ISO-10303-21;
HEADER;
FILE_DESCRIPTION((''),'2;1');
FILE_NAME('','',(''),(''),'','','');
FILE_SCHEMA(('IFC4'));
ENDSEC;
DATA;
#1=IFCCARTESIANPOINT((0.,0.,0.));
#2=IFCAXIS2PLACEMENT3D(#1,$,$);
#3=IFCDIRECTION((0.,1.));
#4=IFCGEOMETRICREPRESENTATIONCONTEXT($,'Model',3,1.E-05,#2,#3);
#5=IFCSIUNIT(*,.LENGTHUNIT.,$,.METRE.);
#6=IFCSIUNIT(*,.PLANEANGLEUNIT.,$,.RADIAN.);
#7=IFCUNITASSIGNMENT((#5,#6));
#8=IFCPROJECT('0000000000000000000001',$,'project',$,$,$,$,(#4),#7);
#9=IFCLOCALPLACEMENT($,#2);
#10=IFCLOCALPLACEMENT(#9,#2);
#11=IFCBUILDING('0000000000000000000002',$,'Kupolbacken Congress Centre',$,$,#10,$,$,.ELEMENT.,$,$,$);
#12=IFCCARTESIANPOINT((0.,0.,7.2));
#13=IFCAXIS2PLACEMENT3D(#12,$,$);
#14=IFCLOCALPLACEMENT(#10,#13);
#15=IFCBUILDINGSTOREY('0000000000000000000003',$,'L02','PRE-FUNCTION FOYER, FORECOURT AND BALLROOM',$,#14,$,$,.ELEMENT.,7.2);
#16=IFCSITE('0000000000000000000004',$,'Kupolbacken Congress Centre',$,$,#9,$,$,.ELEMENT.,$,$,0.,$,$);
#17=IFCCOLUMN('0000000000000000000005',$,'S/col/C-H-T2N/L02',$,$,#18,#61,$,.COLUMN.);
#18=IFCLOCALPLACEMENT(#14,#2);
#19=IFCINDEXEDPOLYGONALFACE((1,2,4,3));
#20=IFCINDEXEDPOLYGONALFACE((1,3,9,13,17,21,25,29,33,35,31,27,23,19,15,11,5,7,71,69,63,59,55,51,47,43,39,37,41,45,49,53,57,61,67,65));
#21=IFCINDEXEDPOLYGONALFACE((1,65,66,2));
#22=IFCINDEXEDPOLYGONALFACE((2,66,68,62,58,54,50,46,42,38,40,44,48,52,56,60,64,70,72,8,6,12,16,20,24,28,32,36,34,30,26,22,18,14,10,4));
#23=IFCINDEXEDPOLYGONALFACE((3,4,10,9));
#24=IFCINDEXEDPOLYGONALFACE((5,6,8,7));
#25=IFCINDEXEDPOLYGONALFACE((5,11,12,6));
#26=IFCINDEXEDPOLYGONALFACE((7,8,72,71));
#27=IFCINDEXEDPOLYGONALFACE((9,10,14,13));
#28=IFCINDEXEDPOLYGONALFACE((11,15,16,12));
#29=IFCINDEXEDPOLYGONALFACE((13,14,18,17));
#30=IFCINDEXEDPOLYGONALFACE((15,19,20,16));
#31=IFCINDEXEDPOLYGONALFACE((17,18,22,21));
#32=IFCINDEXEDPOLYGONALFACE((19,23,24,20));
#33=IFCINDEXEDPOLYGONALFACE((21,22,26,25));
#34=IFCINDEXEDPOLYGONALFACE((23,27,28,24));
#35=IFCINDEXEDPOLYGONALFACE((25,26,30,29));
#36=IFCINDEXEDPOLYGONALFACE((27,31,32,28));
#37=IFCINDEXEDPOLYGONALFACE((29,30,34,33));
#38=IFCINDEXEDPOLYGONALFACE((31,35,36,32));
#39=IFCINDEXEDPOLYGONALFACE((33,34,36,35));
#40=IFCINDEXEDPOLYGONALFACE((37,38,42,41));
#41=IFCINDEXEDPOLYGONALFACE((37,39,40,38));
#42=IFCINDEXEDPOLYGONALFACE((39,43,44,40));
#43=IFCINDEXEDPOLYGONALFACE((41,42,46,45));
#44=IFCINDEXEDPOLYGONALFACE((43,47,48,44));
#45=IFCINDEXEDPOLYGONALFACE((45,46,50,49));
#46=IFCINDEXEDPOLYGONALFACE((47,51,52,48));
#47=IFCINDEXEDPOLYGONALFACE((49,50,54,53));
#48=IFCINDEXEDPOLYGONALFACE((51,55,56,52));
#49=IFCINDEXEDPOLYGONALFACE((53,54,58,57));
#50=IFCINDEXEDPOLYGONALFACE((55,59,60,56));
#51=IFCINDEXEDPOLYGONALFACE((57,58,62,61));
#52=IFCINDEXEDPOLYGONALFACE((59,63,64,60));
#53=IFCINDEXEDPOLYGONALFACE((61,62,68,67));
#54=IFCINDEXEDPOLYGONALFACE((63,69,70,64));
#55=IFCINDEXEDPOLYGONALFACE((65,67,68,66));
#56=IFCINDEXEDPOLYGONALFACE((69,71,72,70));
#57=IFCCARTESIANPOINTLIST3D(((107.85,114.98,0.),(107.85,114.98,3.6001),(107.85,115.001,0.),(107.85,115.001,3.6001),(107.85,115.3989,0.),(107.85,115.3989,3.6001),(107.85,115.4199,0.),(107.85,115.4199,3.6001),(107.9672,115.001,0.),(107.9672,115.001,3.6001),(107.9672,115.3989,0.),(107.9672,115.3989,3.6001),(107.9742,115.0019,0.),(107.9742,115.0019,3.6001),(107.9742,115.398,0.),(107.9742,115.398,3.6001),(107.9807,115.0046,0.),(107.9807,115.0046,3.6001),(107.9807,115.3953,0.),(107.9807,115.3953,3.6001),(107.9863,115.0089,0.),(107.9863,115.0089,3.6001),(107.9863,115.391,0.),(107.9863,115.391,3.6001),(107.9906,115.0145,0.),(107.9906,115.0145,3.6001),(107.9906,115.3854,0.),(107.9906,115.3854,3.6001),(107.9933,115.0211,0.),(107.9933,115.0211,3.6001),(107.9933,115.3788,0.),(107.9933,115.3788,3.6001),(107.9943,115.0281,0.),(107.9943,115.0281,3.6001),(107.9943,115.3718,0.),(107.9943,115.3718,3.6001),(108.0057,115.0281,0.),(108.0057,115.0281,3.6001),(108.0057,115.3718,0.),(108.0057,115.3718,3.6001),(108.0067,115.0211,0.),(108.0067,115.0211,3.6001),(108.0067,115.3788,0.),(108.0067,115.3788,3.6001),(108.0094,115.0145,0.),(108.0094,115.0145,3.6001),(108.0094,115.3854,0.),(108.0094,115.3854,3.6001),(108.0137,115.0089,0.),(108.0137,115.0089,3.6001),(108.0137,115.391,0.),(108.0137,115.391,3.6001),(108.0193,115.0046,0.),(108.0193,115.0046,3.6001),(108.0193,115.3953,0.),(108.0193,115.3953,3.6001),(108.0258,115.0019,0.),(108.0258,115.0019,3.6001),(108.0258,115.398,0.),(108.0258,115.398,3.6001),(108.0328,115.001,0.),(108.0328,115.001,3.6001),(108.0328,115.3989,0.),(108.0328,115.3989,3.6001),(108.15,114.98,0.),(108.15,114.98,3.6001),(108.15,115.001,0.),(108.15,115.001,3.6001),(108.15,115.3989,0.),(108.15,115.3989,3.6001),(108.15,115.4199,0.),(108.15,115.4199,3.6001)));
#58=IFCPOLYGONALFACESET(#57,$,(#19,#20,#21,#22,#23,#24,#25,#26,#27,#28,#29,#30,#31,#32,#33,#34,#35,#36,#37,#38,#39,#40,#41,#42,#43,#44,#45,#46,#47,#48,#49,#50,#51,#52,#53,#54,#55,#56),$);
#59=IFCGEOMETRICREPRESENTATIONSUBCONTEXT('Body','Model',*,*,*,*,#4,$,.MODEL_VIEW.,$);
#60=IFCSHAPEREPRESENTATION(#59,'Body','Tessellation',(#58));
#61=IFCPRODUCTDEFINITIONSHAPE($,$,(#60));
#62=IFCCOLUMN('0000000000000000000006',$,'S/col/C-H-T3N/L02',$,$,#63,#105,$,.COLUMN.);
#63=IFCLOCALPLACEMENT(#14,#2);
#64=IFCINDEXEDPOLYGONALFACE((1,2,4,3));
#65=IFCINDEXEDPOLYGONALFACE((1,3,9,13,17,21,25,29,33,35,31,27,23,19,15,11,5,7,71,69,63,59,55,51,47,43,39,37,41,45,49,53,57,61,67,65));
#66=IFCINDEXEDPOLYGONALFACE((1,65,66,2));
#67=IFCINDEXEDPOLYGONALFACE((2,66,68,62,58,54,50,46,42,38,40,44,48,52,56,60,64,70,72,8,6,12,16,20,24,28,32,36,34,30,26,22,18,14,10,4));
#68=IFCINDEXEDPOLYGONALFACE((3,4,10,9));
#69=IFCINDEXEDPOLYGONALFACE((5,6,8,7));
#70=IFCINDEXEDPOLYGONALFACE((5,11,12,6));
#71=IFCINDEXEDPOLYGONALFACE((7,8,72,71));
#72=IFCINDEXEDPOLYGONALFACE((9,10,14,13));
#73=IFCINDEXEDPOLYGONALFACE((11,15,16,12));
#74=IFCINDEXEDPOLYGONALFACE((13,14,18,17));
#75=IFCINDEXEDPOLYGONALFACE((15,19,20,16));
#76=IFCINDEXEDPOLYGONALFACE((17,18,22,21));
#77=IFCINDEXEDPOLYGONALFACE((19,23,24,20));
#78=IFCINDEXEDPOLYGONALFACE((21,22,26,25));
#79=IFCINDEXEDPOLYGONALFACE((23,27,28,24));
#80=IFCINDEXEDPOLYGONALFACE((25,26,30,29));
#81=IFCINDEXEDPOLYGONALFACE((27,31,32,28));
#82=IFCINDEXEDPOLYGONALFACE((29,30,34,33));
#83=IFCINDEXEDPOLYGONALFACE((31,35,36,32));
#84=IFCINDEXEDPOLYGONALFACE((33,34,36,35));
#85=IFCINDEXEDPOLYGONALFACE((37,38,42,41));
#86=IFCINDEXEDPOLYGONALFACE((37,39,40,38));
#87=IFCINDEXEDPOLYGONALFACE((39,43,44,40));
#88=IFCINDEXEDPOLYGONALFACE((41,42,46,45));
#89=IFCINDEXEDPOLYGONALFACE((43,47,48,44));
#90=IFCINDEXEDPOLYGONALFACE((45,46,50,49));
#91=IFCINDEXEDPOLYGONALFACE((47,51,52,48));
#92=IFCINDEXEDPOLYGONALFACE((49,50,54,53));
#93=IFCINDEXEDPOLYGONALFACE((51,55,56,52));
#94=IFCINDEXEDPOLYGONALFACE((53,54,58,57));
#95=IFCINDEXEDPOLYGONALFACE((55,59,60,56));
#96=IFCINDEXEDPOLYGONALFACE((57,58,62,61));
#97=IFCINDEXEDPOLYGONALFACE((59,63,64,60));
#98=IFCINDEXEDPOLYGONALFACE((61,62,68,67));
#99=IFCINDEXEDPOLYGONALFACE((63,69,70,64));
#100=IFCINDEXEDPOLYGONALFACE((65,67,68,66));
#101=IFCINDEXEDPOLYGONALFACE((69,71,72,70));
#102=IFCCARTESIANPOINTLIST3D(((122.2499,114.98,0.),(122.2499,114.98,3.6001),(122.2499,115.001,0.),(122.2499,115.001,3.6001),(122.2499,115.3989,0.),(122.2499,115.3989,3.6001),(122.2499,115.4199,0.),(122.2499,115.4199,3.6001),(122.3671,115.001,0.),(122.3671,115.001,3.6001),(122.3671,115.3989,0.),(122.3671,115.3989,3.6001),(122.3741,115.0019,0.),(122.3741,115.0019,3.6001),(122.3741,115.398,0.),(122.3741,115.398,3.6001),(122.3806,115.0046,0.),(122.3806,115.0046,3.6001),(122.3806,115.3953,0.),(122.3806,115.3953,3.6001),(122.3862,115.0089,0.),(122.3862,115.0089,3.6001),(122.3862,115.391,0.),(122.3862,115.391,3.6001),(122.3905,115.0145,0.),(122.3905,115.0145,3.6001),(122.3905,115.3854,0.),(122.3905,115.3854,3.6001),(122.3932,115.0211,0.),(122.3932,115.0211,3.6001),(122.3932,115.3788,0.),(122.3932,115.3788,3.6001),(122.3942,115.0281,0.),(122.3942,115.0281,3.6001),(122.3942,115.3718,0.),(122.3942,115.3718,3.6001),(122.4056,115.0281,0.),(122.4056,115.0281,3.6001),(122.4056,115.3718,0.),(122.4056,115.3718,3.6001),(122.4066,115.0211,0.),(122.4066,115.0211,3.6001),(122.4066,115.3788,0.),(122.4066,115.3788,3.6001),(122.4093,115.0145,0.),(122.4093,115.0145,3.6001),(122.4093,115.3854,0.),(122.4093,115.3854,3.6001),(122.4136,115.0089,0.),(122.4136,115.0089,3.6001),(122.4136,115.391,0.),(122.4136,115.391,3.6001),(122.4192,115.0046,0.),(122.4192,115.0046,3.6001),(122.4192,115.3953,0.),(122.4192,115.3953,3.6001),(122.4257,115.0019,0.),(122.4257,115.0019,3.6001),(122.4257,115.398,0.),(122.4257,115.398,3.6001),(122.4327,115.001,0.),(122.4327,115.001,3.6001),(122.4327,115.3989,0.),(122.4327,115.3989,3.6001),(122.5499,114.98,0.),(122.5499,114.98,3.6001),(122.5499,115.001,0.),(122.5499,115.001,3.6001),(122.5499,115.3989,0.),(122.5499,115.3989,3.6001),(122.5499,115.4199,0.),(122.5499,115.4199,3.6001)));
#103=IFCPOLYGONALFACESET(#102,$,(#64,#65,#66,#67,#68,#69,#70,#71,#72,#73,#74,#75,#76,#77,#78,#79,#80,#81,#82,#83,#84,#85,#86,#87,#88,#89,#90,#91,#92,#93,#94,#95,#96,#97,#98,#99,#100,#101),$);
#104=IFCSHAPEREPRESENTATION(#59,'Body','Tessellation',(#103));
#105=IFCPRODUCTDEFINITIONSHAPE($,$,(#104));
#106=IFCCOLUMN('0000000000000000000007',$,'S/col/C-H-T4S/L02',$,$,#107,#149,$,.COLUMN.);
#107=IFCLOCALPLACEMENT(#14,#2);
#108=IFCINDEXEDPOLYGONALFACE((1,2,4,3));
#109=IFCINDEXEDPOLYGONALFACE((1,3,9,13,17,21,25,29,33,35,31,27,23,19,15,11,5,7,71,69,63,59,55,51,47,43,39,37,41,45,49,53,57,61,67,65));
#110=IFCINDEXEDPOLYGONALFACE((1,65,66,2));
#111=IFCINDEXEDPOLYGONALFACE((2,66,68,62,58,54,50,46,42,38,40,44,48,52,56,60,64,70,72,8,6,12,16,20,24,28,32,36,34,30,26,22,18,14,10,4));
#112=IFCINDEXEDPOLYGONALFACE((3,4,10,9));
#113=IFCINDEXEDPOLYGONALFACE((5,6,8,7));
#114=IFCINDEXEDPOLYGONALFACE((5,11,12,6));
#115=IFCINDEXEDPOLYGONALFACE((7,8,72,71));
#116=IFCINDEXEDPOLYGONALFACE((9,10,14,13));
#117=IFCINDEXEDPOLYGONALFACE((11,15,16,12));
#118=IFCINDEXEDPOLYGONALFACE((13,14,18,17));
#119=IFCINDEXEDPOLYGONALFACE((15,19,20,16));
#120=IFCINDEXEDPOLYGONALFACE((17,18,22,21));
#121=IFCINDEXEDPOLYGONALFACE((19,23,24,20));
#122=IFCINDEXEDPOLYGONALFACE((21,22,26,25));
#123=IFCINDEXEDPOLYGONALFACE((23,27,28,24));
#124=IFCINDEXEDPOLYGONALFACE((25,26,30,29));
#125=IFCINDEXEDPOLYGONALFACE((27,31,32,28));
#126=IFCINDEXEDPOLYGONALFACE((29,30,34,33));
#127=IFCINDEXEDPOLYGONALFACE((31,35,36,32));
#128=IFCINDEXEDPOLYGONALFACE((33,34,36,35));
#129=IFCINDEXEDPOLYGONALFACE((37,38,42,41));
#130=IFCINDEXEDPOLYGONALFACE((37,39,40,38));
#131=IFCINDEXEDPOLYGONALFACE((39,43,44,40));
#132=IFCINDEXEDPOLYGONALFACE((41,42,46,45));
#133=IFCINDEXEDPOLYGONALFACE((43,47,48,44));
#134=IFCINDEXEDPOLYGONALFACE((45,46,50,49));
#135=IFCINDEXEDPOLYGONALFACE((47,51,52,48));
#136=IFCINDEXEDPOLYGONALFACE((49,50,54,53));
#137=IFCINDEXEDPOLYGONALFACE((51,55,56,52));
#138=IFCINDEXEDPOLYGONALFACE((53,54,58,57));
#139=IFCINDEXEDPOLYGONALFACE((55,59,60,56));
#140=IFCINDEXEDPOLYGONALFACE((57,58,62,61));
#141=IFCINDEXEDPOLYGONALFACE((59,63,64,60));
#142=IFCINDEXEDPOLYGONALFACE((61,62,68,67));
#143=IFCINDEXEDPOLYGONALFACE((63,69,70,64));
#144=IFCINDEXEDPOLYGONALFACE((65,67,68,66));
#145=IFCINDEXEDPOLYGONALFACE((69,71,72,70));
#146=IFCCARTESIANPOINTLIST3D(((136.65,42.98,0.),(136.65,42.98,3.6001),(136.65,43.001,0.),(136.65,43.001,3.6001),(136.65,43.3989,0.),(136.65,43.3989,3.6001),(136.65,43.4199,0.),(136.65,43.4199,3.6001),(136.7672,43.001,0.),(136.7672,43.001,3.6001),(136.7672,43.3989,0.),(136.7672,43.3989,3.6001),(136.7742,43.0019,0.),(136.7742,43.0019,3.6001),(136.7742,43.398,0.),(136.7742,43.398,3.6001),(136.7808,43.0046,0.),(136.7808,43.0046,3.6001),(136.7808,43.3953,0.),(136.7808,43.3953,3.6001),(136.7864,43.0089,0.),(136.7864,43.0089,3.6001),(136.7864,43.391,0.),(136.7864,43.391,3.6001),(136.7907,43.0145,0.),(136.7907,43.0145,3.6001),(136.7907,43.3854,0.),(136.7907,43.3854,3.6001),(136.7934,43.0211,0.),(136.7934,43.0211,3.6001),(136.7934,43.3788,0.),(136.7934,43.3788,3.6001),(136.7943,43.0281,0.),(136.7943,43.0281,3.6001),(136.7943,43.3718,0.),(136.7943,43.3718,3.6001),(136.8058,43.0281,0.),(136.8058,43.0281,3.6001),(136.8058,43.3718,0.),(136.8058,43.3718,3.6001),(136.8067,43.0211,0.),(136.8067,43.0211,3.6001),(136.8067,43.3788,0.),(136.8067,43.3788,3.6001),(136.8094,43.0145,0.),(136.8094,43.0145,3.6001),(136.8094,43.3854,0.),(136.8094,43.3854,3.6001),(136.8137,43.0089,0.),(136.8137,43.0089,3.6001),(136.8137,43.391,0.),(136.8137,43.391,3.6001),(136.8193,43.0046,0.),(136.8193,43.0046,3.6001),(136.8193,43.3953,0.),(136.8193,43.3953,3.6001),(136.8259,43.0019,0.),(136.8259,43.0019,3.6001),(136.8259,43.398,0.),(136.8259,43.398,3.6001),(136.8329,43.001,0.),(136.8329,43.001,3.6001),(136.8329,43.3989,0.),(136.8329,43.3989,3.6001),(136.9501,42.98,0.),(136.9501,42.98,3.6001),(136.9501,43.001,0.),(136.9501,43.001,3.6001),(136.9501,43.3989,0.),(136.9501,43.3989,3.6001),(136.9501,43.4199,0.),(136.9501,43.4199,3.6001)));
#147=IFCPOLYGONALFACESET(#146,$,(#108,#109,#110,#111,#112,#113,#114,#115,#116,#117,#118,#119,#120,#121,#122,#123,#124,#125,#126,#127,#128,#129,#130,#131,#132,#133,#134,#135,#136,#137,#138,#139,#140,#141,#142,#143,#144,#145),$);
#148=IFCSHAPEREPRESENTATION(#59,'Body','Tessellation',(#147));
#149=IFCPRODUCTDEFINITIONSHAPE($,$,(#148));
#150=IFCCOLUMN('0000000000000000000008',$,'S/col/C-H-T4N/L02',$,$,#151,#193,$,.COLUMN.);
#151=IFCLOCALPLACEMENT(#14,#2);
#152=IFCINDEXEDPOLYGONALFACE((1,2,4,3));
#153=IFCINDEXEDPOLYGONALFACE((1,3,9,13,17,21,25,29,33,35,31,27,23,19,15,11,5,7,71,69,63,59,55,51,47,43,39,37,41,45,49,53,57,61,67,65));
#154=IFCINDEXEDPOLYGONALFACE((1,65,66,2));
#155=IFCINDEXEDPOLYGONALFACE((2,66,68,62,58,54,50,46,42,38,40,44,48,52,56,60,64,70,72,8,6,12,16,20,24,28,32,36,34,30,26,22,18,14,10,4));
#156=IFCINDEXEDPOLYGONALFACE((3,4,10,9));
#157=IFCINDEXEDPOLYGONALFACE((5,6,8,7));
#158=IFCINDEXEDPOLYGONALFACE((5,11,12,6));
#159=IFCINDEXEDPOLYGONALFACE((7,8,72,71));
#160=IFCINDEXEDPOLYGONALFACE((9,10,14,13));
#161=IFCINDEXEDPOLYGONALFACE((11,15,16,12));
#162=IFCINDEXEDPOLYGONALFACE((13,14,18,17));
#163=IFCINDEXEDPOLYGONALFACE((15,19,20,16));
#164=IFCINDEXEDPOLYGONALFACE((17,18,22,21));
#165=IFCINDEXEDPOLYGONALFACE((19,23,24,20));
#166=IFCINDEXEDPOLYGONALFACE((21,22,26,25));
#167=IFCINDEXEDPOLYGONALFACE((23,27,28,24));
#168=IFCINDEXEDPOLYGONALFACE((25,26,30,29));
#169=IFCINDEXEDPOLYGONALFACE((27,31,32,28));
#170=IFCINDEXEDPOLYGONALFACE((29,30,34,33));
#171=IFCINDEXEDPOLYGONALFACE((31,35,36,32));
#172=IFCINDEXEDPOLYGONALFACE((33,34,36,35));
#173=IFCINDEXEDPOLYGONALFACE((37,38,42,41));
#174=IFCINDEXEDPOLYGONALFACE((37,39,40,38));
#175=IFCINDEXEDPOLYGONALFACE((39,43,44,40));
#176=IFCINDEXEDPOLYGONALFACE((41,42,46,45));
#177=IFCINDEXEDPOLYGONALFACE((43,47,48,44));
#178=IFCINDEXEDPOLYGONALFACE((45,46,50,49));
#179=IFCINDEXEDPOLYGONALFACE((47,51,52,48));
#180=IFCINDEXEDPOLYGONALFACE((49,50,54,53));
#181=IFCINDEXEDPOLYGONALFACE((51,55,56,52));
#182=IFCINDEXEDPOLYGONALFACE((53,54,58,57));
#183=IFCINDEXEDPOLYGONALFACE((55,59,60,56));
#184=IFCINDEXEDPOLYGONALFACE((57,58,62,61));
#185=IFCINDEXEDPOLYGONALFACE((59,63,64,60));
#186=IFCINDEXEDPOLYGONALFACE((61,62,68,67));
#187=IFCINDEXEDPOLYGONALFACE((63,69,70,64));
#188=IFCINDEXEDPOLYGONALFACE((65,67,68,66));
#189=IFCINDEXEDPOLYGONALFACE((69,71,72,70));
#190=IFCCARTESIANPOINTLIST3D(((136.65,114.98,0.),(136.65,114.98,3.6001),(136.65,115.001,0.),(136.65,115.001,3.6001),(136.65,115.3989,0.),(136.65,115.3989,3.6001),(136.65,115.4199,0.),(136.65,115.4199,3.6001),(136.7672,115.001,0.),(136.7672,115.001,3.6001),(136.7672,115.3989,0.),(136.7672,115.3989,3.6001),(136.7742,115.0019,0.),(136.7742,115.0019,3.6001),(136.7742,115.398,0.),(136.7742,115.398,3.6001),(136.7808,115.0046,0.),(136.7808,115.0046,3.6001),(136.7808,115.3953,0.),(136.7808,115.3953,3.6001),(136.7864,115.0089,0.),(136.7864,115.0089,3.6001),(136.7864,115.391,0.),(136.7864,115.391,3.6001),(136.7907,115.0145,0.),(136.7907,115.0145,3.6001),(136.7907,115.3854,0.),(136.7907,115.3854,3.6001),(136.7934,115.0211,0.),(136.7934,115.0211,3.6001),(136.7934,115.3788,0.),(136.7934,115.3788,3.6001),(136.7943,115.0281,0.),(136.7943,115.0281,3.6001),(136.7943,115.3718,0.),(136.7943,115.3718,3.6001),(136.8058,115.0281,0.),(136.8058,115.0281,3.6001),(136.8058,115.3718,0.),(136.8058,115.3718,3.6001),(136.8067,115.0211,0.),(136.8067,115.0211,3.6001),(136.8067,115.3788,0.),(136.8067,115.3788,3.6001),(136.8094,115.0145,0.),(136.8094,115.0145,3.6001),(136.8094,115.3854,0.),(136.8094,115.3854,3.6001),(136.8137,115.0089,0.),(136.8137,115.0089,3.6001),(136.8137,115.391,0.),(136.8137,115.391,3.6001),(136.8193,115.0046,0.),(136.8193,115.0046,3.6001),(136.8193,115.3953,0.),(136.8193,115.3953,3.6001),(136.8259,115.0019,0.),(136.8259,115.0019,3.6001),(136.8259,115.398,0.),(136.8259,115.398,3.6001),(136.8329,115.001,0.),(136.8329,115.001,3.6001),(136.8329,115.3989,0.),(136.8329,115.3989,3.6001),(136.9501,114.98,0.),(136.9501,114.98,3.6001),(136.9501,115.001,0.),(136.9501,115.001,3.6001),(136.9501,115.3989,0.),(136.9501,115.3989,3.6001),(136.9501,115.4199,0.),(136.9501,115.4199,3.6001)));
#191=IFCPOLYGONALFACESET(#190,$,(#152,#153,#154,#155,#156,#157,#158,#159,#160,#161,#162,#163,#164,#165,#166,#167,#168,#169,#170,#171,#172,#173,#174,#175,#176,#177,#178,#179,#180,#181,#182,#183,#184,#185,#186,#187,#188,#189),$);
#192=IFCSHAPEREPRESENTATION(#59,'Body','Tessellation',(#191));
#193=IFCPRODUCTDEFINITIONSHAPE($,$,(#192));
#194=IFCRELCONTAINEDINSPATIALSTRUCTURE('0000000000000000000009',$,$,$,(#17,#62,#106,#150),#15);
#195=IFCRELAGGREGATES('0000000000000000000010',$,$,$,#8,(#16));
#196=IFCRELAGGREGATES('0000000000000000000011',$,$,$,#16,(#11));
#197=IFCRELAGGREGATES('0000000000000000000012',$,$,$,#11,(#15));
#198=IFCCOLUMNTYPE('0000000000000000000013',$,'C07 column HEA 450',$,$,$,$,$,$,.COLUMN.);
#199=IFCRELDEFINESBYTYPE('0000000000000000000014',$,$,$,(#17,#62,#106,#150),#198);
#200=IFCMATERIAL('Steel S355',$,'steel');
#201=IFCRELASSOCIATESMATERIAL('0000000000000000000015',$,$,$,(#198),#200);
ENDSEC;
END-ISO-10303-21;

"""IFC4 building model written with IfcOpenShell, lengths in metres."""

from ifc_helpers import new_model, si_unit, direction, frame, origin, origin_2d, place, context, subcontext, project, spatial, i_section, extrude, material, material_profile, profile_set, type_object, element, save


model = new_model("IFC4")

# Units and contexts
model_context = context("Model", 3, precision=1e-05, world=origin(), true_north=direction((0.0, 1.0)))
body_context = subcontext(model_context, "Body", "Model", "MODEL_VIEW")
ifc_project = project(units=[si_unit("LENGTHUNIT", "METRE"), si_unit("PLANEANGLEUNIT", "RADIAN")], contexts=[model_context])

# Site, building, storey
site_placement = place(None, origin())
site = spatial("IfcSite", under=ifc_project, at=site_placement, Name="Kupolbacken Congress Centre", CompositionType="ELEMENT", RefElevation=0.0)
building_placement = place(site_placement, origin())
building = spatial("IfcBuilding", under=site, at=building_placement, Name="Kupolbacken Congress Centre", CompositionType="ELEMENT")
storey_placement = place(building_placement, frame((0.0, 0.0, 7.2)))
storey = spatial("IfcBuildingStorey", under=building, at=storey_placement, Name="L02", Description="PRE-FUNCTION FOYER, FORECOURT AND BALLROOM", CompositionType="ELEMENT", Elevation=7.2)

# Columns
ifc_material_1 = material(Name="Steel S355", Category="steel")
ifc_material_profile_1 = material_profile(ifc_material_1, i_section(OverallWidth=0.3, OverallDepth=0.4399, WebThickness=0.0115, FlangeThickness=0.021, FilletRadius=0.0271, at=origin_2d()), Name="HEA 450")
ifc_profile_set_1 = profile_set([ifc_material_profile_1], Name="Steel S355")
column_type = type_object("IfcColumnType", Name="C07 column HEA 450", PredefinedType="COLUMN", material=ifc_profile_set_1)
for number, where, z_axis, x_axis, name in (
    (1, (108.0, 115.2, 0.0), (0.0, 0.0, 1.0), (1.0, 0.0, 0.0), "S/col/C-H-T2N/L02"),
    (2, (122.3999, 115.2, 0.0), (0.0, 0.0, 1.0), (1.0, 0.0, 0.0), "S/col/C-H-T3N/L02"),
    (3, (136.8, 43.2, 0.0), (0.0, 0.0, 1.0), (1.0, 0.0, 0.0), "S/col/C-H-T4S/L02"),
    (4, (136.8, 115.2, 0.0), (0.0, 0.0, 1.0), (1.0, 0.0, 0.0), "S/col/C-H-T4N/L02"),
):
    element("IfcColumn", number, at=place(storey_placement, frame(where, z_axis=z_axis, x_axis=x_axis)), inside=storey, type_object=column_type, Name=name, PredefinedType="COLUMN", context=body_context, shape_type="SweptSolid", body=[
        extrude(i_section(OverallWidth=0.3, OverallDepth=0.4399, WebThickness=0.0115, FlangeThickness=0.021, FilletRadius=0.0271, at=origin_2d()), origin(), (0.0, 0.0, 1.0), 3.6001),
    ])

save(model, "model.ifc")
